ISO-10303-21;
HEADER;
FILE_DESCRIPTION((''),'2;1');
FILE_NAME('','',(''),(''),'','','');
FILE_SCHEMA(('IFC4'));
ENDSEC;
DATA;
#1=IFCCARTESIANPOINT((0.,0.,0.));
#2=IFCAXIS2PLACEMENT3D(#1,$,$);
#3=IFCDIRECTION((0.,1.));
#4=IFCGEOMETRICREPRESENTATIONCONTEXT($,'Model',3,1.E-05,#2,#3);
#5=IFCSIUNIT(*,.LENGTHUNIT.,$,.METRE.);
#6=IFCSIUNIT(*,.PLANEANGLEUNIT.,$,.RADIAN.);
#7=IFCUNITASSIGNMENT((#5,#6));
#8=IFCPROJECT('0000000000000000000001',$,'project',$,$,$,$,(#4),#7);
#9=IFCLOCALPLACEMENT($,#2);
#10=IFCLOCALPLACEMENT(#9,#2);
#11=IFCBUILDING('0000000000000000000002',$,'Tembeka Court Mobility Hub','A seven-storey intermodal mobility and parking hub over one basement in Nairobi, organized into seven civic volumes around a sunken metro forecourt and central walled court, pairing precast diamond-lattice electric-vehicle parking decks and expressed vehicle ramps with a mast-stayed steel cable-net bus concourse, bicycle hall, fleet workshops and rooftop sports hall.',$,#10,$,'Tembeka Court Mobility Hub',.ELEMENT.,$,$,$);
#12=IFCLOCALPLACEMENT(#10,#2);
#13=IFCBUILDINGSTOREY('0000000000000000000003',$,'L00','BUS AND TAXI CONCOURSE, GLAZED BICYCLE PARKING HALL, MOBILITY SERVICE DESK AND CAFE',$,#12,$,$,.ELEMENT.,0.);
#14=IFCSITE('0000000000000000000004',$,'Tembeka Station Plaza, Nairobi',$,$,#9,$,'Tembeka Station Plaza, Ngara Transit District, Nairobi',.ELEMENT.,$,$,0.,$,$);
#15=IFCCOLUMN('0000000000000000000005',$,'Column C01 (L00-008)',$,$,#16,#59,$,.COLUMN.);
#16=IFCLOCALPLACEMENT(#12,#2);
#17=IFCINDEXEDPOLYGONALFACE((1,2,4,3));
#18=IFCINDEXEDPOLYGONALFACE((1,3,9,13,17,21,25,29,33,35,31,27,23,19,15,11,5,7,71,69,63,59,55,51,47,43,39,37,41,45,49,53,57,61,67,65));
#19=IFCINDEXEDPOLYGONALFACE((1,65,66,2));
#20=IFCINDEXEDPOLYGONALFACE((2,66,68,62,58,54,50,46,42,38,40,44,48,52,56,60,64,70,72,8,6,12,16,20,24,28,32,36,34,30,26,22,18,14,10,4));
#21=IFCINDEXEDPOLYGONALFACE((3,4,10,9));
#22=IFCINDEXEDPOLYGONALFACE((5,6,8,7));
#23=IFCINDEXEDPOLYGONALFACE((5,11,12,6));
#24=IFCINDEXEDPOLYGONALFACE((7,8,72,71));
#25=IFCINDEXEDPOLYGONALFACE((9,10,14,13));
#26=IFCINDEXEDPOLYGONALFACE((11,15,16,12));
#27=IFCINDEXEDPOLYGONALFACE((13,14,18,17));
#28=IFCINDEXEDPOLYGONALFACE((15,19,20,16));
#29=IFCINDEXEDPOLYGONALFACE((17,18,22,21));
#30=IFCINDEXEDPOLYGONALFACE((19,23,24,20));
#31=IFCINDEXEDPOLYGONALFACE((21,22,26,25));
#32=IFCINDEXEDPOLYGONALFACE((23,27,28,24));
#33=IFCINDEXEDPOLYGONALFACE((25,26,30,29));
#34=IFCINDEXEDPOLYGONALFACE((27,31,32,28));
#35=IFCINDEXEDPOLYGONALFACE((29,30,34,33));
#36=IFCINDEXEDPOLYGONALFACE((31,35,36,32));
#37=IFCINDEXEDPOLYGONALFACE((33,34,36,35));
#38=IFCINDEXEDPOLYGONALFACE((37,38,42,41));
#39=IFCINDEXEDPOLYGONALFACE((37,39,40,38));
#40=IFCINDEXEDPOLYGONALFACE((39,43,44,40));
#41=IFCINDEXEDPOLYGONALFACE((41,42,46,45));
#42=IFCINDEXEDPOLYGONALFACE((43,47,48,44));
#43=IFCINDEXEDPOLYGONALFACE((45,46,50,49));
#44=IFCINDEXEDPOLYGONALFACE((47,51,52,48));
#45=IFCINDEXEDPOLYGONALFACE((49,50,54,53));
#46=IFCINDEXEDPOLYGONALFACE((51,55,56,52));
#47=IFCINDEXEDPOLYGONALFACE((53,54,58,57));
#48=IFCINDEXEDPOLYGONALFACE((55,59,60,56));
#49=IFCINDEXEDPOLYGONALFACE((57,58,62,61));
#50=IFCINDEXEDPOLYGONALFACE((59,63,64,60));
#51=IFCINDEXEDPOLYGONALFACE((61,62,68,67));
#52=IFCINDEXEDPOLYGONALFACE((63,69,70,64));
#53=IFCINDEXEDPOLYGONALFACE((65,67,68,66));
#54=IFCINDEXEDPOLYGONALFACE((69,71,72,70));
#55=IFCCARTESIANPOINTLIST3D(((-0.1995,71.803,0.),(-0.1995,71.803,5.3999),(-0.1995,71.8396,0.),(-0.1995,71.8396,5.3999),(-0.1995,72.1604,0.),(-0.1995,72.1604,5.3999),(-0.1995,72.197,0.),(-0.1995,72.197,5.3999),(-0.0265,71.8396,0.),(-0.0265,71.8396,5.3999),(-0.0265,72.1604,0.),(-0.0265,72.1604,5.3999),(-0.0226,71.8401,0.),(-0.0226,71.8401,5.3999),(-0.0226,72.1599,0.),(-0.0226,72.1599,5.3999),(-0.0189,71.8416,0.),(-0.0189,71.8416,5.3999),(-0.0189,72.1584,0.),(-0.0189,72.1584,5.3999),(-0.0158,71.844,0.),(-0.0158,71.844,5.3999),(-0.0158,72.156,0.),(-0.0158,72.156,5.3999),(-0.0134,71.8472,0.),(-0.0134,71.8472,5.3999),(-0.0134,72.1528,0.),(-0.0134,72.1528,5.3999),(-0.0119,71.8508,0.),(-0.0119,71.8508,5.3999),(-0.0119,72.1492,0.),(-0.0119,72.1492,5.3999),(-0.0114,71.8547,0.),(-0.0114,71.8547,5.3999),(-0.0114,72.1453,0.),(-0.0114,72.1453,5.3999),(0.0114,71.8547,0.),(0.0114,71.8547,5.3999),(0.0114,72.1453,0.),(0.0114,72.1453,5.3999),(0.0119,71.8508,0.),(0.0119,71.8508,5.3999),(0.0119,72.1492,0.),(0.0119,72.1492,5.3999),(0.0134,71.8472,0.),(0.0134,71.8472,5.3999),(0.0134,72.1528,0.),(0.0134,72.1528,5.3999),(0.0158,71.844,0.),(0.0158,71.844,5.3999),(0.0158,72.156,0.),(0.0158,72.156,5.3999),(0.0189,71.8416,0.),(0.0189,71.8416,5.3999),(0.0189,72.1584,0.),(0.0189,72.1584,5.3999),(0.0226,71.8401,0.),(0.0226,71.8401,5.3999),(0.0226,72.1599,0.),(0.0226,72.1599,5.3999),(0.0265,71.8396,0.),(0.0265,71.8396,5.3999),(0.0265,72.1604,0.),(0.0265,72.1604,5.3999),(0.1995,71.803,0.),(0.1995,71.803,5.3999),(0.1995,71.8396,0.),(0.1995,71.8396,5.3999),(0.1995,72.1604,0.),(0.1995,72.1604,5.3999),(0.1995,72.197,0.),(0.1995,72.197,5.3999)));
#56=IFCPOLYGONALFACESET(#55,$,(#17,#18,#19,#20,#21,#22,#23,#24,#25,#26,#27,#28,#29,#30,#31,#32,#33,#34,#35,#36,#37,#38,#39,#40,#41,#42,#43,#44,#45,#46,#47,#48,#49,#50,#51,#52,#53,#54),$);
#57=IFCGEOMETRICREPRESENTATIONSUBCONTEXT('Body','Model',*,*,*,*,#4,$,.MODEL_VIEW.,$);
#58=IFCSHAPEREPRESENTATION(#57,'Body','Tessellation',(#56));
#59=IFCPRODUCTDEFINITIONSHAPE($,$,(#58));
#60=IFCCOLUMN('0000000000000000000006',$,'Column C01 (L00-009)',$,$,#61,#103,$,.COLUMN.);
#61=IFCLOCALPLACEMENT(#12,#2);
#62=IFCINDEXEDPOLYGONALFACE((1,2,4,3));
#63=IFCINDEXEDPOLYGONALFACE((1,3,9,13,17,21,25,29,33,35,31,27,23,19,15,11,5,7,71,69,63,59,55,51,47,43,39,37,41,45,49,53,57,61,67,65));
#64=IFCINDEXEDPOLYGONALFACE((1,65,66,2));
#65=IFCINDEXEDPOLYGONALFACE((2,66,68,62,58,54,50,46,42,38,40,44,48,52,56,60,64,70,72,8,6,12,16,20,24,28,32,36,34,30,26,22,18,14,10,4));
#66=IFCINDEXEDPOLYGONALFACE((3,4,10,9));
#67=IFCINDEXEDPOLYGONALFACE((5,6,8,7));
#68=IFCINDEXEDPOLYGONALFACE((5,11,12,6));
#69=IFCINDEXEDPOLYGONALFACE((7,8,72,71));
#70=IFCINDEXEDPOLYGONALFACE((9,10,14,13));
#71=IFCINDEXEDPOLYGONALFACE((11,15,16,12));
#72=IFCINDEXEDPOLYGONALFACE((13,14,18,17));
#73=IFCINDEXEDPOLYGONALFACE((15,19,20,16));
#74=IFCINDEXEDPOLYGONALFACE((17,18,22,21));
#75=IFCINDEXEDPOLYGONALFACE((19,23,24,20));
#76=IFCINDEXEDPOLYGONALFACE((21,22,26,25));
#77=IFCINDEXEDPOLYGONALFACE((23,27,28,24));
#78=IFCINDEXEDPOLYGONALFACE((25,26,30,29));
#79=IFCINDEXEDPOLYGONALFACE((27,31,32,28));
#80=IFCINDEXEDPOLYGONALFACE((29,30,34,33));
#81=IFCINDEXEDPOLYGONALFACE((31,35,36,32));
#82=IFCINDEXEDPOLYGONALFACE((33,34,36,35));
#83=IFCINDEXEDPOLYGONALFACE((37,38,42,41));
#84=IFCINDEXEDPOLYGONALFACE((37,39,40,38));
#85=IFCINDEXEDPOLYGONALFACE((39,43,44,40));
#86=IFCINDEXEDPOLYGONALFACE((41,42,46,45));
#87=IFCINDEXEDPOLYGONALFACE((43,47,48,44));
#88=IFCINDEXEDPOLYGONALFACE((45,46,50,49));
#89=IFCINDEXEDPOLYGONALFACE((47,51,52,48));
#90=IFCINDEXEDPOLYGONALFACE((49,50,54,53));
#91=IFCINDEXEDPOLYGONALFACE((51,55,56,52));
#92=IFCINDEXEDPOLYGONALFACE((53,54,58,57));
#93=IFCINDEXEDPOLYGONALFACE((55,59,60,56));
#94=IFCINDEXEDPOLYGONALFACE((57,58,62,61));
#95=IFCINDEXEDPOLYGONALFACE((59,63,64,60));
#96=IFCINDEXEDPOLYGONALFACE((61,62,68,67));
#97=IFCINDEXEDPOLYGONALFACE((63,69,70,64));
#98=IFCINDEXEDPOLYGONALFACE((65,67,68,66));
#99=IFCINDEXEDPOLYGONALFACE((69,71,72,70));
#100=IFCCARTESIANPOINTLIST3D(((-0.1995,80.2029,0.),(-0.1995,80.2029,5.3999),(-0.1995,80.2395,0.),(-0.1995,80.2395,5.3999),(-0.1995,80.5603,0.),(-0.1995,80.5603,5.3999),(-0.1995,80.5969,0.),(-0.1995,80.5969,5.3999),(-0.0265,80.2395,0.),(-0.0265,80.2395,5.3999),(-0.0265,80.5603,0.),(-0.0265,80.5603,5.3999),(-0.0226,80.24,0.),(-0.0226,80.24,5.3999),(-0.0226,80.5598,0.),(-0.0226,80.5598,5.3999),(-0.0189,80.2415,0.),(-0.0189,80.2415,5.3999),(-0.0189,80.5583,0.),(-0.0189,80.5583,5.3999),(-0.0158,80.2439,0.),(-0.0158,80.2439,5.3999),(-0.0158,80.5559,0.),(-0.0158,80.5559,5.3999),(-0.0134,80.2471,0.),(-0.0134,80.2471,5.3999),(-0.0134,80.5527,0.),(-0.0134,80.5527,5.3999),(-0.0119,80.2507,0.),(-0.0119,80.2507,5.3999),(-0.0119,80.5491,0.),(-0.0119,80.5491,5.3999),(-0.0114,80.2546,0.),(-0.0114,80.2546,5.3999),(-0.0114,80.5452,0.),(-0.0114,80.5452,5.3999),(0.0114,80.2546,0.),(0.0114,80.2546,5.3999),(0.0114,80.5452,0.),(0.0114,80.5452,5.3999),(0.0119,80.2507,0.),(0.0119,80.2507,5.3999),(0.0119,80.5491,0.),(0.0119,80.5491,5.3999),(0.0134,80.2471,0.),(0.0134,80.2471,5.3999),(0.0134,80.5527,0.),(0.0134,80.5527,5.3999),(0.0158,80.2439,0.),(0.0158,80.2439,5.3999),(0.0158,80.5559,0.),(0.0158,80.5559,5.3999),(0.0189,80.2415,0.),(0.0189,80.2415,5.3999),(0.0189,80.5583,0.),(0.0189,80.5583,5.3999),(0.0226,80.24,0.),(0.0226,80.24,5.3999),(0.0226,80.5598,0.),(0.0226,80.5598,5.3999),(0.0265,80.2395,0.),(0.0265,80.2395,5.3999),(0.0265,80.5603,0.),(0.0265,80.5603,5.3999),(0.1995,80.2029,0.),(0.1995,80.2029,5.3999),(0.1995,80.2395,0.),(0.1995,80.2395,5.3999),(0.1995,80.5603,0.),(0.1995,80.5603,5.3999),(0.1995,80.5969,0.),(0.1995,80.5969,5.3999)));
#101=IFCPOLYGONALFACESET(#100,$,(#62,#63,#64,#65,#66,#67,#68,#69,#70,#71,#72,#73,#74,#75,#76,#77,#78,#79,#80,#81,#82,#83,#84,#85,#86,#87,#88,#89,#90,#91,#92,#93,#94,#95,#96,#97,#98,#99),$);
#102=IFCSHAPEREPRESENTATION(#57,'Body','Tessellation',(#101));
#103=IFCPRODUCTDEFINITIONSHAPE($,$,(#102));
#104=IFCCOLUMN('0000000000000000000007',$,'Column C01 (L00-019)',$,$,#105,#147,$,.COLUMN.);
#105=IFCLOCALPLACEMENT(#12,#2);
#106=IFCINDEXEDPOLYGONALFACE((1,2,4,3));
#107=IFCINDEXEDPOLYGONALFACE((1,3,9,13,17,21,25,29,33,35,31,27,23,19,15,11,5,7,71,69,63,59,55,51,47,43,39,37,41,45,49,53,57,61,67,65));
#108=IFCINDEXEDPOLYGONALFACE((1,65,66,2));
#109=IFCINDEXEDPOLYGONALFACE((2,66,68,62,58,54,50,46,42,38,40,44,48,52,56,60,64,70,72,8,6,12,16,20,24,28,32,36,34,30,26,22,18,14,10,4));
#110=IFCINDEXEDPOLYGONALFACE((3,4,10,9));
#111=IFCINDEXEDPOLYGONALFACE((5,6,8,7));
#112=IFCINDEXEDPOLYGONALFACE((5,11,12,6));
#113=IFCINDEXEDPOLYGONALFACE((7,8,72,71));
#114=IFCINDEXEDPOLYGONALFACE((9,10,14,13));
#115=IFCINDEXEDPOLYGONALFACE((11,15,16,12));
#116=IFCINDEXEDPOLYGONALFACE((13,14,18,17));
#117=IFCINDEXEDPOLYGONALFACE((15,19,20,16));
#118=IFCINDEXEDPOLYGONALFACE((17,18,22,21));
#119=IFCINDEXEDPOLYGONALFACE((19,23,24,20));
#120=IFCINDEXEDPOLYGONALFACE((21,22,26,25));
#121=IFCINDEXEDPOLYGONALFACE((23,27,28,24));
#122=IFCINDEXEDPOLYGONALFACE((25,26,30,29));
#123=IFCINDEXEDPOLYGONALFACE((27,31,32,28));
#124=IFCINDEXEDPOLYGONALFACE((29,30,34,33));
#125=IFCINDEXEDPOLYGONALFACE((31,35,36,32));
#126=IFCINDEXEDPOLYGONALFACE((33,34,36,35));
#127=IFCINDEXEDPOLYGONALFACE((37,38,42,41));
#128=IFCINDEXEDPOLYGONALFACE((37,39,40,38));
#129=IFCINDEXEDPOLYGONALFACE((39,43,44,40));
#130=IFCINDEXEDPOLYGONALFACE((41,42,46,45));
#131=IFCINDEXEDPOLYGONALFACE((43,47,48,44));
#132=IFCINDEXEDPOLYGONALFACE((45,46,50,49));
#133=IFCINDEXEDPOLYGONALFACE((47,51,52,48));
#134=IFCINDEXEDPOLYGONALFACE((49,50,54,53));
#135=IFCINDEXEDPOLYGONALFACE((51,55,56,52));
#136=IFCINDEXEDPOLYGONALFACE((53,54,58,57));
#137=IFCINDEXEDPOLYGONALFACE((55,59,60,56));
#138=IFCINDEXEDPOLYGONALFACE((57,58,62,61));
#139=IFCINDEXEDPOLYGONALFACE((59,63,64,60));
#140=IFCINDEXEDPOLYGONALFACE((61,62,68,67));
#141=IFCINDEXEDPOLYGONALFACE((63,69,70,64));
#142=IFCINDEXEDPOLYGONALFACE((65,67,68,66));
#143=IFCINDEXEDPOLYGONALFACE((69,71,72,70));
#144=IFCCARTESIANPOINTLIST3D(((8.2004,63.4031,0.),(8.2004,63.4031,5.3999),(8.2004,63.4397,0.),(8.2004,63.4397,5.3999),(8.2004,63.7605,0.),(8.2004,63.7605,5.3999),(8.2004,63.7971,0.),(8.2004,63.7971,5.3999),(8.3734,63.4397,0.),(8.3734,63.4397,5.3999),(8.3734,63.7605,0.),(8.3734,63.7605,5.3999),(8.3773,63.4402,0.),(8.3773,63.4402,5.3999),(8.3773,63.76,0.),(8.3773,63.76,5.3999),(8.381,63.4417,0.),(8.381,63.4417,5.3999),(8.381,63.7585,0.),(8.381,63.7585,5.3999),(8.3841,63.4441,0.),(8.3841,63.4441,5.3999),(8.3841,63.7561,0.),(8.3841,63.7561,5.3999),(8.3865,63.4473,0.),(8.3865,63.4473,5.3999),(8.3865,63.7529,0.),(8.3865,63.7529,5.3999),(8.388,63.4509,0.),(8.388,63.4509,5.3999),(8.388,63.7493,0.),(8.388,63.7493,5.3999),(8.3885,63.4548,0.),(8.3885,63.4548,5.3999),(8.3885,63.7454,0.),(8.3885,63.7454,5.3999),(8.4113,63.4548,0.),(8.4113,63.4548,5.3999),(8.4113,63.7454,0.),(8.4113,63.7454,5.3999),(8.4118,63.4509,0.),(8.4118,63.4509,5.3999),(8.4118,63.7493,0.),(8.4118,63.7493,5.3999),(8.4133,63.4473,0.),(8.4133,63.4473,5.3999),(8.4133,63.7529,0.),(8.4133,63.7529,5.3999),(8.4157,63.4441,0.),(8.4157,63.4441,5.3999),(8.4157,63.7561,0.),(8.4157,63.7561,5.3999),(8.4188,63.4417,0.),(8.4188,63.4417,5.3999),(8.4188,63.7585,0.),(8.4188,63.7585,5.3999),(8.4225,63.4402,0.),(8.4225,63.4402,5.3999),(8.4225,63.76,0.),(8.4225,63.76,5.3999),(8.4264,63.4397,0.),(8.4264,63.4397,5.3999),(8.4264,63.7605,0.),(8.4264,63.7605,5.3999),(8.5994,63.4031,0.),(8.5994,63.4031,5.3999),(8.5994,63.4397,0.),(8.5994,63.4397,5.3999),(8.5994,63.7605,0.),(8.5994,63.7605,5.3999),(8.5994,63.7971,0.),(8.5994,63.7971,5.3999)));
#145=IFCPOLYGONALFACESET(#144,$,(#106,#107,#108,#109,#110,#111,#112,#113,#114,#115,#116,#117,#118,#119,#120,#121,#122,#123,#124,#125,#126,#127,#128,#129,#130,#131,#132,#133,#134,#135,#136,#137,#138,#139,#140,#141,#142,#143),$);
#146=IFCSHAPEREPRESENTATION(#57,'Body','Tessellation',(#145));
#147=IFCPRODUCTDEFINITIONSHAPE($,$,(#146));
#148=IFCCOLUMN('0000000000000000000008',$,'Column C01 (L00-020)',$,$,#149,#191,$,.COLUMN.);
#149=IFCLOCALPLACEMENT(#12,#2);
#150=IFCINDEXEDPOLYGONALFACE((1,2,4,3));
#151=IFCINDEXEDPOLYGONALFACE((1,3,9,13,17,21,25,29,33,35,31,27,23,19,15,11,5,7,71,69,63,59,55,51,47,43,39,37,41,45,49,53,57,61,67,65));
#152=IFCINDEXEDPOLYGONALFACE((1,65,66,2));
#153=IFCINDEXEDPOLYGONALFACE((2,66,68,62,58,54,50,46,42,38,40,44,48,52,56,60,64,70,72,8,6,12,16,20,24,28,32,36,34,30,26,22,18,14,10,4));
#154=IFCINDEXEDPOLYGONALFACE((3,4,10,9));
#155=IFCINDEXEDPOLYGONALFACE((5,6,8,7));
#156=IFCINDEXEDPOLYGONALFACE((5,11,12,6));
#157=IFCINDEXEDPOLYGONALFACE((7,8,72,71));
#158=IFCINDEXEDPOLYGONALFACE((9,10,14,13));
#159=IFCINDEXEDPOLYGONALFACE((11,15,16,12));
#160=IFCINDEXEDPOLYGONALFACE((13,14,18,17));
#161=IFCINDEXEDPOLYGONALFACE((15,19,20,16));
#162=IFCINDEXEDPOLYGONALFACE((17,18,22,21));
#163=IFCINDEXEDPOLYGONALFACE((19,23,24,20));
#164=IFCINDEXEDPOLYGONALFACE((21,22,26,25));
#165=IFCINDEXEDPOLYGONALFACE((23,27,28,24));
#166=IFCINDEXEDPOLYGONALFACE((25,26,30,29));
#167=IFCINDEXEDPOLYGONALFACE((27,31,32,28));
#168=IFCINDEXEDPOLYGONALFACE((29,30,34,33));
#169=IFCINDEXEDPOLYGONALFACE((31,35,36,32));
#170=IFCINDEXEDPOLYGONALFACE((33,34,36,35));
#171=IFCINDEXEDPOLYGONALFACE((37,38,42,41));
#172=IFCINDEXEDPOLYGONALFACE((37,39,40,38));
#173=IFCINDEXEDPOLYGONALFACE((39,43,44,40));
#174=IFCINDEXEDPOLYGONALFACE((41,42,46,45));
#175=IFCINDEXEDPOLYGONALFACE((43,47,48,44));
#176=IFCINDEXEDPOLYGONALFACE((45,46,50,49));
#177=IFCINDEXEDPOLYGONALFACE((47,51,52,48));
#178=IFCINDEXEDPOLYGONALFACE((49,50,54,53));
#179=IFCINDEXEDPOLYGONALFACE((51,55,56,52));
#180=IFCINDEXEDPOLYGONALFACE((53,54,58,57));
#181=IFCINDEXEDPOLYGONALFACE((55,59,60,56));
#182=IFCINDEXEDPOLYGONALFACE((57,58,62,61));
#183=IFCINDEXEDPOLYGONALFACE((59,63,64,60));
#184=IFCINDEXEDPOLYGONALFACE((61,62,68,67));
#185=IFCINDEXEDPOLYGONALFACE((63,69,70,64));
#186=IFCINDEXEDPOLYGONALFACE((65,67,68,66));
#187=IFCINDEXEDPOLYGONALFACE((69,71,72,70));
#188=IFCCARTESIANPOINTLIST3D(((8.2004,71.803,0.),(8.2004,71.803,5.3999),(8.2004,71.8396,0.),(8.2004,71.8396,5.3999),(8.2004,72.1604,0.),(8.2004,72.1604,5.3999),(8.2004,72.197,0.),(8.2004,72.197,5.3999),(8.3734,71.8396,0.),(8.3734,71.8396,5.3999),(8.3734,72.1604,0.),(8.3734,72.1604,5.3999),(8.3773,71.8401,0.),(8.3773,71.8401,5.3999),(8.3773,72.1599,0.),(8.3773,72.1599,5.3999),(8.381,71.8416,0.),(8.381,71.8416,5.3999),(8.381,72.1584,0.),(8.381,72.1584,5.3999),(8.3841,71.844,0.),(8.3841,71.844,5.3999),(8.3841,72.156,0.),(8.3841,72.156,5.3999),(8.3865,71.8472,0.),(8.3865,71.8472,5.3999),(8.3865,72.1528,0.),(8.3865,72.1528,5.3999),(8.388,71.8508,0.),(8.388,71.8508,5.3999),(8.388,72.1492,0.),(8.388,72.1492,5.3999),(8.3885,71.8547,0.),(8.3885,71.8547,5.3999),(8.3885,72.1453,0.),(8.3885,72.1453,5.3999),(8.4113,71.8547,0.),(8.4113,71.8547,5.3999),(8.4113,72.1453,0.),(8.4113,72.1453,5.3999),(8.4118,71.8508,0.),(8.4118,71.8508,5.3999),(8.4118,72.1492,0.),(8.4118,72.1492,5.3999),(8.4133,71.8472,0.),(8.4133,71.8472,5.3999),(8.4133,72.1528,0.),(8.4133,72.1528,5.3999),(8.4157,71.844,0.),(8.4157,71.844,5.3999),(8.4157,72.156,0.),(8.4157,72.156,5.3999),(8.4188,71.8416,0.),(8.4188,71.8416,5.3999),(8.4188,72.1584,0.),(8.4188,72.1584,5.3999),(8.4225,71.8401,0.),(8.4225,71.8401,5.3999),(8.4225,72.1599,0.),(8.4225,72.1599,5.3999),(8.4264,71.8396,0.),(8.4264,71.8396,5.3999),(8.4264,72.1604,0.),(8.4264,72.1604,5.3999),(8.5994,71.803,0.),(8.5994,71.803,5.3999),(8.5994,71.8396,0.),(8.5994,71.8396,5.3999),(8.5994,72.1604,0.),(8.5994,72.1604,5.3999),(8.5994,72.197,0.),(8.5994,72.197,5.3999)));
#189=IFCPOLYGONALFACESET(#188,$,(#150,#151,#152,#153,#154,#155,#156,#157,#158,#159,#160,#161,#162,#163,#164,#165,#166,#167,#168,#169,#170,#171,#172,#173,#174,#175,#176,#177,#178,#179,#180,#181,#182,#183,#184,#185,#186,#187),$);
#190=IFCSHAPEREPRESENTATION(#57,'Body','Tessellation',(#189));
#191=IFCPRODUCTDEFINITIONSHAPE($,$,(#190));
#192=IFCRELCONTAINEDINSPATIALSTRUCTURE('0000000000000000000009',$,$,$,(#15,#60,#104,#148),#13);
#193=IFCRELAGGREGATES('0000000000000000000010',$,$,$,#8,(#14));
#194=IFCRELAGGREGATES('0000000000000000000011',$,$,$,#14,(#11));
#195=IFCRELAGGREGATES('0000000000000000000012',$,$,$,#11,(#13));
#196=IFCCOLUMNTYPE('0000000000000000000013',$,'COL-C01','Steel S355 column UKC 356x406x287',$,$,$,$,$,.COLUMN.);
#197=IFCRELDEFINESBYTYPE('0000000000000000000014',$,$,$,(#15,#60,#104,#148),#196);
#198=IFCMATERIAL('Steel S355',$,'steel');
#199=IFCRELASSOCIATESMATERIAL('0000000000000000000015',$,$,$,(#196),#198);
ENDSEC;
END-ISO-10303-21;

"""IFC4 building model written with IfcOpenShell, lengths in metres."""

from ifc_helpers import new_model, si_unit, direction, frame, origin, origin_2d, place, context, subcontext, project, spatial, i_section, extrude, material, material_profile, profile_set, type_object, element, save


model = new_model("IFC4")

# Units and contexts
model_context = context("Model", 3, precision=1e-05, world=origin(), true_north=direction((0.0, 1.0)))
body_context = subcontext(model_context, "Body", "Model", "MODEL_VIEW")
ifc_project = project(units=[si_unit("LENGTHUNIT", "METRE"), si_unit("PLANEANGLEUNIT", "RADIAN")], contexts=[model_context])

# Site, building, storey
site_placement = place(None, origin())
site = spatial("IfcSite", under=ifc_project, at=site_placement, Name="Tembeka Station Plaza, Nairobi", LongName="Tembeka Station Plaza, Ngara Transit District, Nairobi", CompositionType="ELEMENT", RefElevation=0.0)
building_placement = place(site_placement, origin())
building = spatial("IfcBuilding", under=site, at=building_placement, Name="Tembeka Court Mobility Hub", Description="A seven-storey intermodal mobility and parking hub over one basement in Nairobi, organized into seven civic volumes around a sunken metro forecourt and central walled court, pairing precast diamond-lattice electric-vehicle parking decks and expressed vehicle ramps with a mast-stayed steel cable-net bus concourse, bicycle hall, fleet workshops and rooftop sports hall.", LongName="Tembeka Court Mobility Hub", CompositionType="ELEMENT")
storey_placement = place(building_placement, origin())
storey = spatial("IfcBuildingStorey", under=building, at=storey_placement, Name="L00", Description="BUS AND TAXI CONCOURSE, GLAZED BICYCLE PARKING HALL, MOBILITY SERVICE DESK AND CAFE", CompositionType="ELEMENT", Elevation=0.0)

# Columns
ifc_material_1 = material(Name="Steel S355", Category="steel")
ifc_material_profile_1 = material_profile(ifc_material_1, i_section(OverallWidth=0.3989, OverallDepth=0.394, WebThickness=0.0227, FlangeThickness=0.0366, FilletRadius=0.0151, at=origin_2d()), Name="UKC 356x406x287")
ifc_profile_set_1 = profile_set([ifc_material_profile_1], Name="Steel S355")
column_type = type_object("IfcColumnType", Name="COL-C01", Description="Steel S355 column UKC 356x406x287", PredefinedType="COLUMN", material=ifc_profile_set_1)
for number, where, z_axis, x_axis, name in (
    (1, (0.0, 72.0, 0.0), (0.0, 0.0, 1.0), (1.0, 0.0, 0.0), "Column C01 (L00-008)"),
    (2, (0.0, 80.3999, 0.0), (0.0, 0.0, 1.0), (1.0, 0.0, 0.0), "Column C01 (L00-009)"),
    (3, (8.3999, 63.6001, 0.0), (0.0, 0.0, 1.0), (1.0, 0.0, 0.0), "Column C01 (L00-019)"),
    (4, (8.3999, 72.0, 0.0), (0.0, 0.0, 1.0), (1.0, 0.0, 0.0), "Column C01 (L00-020)"),
):
    element("IfcColumn", number, at=place(storey_placement, frame(where, z_axis=z_axis, x_axis=x_axis)), inside=storey, type_object=column_type, Name=name, PredefinedType="COLUMN", context=body_context, shape_type="SweptSolid", body=[
        extrude(i_section(OverallWidth=0.3989, OverallDepth=0.394, WebThickness=0.0227, FlangeThickness=0.0366, FilletRadius=0.0151, at=origin_2d()), origin(), (0.0, 0.0, 1.0), 5.3999),
    ])

save(model, "model.ifc")
